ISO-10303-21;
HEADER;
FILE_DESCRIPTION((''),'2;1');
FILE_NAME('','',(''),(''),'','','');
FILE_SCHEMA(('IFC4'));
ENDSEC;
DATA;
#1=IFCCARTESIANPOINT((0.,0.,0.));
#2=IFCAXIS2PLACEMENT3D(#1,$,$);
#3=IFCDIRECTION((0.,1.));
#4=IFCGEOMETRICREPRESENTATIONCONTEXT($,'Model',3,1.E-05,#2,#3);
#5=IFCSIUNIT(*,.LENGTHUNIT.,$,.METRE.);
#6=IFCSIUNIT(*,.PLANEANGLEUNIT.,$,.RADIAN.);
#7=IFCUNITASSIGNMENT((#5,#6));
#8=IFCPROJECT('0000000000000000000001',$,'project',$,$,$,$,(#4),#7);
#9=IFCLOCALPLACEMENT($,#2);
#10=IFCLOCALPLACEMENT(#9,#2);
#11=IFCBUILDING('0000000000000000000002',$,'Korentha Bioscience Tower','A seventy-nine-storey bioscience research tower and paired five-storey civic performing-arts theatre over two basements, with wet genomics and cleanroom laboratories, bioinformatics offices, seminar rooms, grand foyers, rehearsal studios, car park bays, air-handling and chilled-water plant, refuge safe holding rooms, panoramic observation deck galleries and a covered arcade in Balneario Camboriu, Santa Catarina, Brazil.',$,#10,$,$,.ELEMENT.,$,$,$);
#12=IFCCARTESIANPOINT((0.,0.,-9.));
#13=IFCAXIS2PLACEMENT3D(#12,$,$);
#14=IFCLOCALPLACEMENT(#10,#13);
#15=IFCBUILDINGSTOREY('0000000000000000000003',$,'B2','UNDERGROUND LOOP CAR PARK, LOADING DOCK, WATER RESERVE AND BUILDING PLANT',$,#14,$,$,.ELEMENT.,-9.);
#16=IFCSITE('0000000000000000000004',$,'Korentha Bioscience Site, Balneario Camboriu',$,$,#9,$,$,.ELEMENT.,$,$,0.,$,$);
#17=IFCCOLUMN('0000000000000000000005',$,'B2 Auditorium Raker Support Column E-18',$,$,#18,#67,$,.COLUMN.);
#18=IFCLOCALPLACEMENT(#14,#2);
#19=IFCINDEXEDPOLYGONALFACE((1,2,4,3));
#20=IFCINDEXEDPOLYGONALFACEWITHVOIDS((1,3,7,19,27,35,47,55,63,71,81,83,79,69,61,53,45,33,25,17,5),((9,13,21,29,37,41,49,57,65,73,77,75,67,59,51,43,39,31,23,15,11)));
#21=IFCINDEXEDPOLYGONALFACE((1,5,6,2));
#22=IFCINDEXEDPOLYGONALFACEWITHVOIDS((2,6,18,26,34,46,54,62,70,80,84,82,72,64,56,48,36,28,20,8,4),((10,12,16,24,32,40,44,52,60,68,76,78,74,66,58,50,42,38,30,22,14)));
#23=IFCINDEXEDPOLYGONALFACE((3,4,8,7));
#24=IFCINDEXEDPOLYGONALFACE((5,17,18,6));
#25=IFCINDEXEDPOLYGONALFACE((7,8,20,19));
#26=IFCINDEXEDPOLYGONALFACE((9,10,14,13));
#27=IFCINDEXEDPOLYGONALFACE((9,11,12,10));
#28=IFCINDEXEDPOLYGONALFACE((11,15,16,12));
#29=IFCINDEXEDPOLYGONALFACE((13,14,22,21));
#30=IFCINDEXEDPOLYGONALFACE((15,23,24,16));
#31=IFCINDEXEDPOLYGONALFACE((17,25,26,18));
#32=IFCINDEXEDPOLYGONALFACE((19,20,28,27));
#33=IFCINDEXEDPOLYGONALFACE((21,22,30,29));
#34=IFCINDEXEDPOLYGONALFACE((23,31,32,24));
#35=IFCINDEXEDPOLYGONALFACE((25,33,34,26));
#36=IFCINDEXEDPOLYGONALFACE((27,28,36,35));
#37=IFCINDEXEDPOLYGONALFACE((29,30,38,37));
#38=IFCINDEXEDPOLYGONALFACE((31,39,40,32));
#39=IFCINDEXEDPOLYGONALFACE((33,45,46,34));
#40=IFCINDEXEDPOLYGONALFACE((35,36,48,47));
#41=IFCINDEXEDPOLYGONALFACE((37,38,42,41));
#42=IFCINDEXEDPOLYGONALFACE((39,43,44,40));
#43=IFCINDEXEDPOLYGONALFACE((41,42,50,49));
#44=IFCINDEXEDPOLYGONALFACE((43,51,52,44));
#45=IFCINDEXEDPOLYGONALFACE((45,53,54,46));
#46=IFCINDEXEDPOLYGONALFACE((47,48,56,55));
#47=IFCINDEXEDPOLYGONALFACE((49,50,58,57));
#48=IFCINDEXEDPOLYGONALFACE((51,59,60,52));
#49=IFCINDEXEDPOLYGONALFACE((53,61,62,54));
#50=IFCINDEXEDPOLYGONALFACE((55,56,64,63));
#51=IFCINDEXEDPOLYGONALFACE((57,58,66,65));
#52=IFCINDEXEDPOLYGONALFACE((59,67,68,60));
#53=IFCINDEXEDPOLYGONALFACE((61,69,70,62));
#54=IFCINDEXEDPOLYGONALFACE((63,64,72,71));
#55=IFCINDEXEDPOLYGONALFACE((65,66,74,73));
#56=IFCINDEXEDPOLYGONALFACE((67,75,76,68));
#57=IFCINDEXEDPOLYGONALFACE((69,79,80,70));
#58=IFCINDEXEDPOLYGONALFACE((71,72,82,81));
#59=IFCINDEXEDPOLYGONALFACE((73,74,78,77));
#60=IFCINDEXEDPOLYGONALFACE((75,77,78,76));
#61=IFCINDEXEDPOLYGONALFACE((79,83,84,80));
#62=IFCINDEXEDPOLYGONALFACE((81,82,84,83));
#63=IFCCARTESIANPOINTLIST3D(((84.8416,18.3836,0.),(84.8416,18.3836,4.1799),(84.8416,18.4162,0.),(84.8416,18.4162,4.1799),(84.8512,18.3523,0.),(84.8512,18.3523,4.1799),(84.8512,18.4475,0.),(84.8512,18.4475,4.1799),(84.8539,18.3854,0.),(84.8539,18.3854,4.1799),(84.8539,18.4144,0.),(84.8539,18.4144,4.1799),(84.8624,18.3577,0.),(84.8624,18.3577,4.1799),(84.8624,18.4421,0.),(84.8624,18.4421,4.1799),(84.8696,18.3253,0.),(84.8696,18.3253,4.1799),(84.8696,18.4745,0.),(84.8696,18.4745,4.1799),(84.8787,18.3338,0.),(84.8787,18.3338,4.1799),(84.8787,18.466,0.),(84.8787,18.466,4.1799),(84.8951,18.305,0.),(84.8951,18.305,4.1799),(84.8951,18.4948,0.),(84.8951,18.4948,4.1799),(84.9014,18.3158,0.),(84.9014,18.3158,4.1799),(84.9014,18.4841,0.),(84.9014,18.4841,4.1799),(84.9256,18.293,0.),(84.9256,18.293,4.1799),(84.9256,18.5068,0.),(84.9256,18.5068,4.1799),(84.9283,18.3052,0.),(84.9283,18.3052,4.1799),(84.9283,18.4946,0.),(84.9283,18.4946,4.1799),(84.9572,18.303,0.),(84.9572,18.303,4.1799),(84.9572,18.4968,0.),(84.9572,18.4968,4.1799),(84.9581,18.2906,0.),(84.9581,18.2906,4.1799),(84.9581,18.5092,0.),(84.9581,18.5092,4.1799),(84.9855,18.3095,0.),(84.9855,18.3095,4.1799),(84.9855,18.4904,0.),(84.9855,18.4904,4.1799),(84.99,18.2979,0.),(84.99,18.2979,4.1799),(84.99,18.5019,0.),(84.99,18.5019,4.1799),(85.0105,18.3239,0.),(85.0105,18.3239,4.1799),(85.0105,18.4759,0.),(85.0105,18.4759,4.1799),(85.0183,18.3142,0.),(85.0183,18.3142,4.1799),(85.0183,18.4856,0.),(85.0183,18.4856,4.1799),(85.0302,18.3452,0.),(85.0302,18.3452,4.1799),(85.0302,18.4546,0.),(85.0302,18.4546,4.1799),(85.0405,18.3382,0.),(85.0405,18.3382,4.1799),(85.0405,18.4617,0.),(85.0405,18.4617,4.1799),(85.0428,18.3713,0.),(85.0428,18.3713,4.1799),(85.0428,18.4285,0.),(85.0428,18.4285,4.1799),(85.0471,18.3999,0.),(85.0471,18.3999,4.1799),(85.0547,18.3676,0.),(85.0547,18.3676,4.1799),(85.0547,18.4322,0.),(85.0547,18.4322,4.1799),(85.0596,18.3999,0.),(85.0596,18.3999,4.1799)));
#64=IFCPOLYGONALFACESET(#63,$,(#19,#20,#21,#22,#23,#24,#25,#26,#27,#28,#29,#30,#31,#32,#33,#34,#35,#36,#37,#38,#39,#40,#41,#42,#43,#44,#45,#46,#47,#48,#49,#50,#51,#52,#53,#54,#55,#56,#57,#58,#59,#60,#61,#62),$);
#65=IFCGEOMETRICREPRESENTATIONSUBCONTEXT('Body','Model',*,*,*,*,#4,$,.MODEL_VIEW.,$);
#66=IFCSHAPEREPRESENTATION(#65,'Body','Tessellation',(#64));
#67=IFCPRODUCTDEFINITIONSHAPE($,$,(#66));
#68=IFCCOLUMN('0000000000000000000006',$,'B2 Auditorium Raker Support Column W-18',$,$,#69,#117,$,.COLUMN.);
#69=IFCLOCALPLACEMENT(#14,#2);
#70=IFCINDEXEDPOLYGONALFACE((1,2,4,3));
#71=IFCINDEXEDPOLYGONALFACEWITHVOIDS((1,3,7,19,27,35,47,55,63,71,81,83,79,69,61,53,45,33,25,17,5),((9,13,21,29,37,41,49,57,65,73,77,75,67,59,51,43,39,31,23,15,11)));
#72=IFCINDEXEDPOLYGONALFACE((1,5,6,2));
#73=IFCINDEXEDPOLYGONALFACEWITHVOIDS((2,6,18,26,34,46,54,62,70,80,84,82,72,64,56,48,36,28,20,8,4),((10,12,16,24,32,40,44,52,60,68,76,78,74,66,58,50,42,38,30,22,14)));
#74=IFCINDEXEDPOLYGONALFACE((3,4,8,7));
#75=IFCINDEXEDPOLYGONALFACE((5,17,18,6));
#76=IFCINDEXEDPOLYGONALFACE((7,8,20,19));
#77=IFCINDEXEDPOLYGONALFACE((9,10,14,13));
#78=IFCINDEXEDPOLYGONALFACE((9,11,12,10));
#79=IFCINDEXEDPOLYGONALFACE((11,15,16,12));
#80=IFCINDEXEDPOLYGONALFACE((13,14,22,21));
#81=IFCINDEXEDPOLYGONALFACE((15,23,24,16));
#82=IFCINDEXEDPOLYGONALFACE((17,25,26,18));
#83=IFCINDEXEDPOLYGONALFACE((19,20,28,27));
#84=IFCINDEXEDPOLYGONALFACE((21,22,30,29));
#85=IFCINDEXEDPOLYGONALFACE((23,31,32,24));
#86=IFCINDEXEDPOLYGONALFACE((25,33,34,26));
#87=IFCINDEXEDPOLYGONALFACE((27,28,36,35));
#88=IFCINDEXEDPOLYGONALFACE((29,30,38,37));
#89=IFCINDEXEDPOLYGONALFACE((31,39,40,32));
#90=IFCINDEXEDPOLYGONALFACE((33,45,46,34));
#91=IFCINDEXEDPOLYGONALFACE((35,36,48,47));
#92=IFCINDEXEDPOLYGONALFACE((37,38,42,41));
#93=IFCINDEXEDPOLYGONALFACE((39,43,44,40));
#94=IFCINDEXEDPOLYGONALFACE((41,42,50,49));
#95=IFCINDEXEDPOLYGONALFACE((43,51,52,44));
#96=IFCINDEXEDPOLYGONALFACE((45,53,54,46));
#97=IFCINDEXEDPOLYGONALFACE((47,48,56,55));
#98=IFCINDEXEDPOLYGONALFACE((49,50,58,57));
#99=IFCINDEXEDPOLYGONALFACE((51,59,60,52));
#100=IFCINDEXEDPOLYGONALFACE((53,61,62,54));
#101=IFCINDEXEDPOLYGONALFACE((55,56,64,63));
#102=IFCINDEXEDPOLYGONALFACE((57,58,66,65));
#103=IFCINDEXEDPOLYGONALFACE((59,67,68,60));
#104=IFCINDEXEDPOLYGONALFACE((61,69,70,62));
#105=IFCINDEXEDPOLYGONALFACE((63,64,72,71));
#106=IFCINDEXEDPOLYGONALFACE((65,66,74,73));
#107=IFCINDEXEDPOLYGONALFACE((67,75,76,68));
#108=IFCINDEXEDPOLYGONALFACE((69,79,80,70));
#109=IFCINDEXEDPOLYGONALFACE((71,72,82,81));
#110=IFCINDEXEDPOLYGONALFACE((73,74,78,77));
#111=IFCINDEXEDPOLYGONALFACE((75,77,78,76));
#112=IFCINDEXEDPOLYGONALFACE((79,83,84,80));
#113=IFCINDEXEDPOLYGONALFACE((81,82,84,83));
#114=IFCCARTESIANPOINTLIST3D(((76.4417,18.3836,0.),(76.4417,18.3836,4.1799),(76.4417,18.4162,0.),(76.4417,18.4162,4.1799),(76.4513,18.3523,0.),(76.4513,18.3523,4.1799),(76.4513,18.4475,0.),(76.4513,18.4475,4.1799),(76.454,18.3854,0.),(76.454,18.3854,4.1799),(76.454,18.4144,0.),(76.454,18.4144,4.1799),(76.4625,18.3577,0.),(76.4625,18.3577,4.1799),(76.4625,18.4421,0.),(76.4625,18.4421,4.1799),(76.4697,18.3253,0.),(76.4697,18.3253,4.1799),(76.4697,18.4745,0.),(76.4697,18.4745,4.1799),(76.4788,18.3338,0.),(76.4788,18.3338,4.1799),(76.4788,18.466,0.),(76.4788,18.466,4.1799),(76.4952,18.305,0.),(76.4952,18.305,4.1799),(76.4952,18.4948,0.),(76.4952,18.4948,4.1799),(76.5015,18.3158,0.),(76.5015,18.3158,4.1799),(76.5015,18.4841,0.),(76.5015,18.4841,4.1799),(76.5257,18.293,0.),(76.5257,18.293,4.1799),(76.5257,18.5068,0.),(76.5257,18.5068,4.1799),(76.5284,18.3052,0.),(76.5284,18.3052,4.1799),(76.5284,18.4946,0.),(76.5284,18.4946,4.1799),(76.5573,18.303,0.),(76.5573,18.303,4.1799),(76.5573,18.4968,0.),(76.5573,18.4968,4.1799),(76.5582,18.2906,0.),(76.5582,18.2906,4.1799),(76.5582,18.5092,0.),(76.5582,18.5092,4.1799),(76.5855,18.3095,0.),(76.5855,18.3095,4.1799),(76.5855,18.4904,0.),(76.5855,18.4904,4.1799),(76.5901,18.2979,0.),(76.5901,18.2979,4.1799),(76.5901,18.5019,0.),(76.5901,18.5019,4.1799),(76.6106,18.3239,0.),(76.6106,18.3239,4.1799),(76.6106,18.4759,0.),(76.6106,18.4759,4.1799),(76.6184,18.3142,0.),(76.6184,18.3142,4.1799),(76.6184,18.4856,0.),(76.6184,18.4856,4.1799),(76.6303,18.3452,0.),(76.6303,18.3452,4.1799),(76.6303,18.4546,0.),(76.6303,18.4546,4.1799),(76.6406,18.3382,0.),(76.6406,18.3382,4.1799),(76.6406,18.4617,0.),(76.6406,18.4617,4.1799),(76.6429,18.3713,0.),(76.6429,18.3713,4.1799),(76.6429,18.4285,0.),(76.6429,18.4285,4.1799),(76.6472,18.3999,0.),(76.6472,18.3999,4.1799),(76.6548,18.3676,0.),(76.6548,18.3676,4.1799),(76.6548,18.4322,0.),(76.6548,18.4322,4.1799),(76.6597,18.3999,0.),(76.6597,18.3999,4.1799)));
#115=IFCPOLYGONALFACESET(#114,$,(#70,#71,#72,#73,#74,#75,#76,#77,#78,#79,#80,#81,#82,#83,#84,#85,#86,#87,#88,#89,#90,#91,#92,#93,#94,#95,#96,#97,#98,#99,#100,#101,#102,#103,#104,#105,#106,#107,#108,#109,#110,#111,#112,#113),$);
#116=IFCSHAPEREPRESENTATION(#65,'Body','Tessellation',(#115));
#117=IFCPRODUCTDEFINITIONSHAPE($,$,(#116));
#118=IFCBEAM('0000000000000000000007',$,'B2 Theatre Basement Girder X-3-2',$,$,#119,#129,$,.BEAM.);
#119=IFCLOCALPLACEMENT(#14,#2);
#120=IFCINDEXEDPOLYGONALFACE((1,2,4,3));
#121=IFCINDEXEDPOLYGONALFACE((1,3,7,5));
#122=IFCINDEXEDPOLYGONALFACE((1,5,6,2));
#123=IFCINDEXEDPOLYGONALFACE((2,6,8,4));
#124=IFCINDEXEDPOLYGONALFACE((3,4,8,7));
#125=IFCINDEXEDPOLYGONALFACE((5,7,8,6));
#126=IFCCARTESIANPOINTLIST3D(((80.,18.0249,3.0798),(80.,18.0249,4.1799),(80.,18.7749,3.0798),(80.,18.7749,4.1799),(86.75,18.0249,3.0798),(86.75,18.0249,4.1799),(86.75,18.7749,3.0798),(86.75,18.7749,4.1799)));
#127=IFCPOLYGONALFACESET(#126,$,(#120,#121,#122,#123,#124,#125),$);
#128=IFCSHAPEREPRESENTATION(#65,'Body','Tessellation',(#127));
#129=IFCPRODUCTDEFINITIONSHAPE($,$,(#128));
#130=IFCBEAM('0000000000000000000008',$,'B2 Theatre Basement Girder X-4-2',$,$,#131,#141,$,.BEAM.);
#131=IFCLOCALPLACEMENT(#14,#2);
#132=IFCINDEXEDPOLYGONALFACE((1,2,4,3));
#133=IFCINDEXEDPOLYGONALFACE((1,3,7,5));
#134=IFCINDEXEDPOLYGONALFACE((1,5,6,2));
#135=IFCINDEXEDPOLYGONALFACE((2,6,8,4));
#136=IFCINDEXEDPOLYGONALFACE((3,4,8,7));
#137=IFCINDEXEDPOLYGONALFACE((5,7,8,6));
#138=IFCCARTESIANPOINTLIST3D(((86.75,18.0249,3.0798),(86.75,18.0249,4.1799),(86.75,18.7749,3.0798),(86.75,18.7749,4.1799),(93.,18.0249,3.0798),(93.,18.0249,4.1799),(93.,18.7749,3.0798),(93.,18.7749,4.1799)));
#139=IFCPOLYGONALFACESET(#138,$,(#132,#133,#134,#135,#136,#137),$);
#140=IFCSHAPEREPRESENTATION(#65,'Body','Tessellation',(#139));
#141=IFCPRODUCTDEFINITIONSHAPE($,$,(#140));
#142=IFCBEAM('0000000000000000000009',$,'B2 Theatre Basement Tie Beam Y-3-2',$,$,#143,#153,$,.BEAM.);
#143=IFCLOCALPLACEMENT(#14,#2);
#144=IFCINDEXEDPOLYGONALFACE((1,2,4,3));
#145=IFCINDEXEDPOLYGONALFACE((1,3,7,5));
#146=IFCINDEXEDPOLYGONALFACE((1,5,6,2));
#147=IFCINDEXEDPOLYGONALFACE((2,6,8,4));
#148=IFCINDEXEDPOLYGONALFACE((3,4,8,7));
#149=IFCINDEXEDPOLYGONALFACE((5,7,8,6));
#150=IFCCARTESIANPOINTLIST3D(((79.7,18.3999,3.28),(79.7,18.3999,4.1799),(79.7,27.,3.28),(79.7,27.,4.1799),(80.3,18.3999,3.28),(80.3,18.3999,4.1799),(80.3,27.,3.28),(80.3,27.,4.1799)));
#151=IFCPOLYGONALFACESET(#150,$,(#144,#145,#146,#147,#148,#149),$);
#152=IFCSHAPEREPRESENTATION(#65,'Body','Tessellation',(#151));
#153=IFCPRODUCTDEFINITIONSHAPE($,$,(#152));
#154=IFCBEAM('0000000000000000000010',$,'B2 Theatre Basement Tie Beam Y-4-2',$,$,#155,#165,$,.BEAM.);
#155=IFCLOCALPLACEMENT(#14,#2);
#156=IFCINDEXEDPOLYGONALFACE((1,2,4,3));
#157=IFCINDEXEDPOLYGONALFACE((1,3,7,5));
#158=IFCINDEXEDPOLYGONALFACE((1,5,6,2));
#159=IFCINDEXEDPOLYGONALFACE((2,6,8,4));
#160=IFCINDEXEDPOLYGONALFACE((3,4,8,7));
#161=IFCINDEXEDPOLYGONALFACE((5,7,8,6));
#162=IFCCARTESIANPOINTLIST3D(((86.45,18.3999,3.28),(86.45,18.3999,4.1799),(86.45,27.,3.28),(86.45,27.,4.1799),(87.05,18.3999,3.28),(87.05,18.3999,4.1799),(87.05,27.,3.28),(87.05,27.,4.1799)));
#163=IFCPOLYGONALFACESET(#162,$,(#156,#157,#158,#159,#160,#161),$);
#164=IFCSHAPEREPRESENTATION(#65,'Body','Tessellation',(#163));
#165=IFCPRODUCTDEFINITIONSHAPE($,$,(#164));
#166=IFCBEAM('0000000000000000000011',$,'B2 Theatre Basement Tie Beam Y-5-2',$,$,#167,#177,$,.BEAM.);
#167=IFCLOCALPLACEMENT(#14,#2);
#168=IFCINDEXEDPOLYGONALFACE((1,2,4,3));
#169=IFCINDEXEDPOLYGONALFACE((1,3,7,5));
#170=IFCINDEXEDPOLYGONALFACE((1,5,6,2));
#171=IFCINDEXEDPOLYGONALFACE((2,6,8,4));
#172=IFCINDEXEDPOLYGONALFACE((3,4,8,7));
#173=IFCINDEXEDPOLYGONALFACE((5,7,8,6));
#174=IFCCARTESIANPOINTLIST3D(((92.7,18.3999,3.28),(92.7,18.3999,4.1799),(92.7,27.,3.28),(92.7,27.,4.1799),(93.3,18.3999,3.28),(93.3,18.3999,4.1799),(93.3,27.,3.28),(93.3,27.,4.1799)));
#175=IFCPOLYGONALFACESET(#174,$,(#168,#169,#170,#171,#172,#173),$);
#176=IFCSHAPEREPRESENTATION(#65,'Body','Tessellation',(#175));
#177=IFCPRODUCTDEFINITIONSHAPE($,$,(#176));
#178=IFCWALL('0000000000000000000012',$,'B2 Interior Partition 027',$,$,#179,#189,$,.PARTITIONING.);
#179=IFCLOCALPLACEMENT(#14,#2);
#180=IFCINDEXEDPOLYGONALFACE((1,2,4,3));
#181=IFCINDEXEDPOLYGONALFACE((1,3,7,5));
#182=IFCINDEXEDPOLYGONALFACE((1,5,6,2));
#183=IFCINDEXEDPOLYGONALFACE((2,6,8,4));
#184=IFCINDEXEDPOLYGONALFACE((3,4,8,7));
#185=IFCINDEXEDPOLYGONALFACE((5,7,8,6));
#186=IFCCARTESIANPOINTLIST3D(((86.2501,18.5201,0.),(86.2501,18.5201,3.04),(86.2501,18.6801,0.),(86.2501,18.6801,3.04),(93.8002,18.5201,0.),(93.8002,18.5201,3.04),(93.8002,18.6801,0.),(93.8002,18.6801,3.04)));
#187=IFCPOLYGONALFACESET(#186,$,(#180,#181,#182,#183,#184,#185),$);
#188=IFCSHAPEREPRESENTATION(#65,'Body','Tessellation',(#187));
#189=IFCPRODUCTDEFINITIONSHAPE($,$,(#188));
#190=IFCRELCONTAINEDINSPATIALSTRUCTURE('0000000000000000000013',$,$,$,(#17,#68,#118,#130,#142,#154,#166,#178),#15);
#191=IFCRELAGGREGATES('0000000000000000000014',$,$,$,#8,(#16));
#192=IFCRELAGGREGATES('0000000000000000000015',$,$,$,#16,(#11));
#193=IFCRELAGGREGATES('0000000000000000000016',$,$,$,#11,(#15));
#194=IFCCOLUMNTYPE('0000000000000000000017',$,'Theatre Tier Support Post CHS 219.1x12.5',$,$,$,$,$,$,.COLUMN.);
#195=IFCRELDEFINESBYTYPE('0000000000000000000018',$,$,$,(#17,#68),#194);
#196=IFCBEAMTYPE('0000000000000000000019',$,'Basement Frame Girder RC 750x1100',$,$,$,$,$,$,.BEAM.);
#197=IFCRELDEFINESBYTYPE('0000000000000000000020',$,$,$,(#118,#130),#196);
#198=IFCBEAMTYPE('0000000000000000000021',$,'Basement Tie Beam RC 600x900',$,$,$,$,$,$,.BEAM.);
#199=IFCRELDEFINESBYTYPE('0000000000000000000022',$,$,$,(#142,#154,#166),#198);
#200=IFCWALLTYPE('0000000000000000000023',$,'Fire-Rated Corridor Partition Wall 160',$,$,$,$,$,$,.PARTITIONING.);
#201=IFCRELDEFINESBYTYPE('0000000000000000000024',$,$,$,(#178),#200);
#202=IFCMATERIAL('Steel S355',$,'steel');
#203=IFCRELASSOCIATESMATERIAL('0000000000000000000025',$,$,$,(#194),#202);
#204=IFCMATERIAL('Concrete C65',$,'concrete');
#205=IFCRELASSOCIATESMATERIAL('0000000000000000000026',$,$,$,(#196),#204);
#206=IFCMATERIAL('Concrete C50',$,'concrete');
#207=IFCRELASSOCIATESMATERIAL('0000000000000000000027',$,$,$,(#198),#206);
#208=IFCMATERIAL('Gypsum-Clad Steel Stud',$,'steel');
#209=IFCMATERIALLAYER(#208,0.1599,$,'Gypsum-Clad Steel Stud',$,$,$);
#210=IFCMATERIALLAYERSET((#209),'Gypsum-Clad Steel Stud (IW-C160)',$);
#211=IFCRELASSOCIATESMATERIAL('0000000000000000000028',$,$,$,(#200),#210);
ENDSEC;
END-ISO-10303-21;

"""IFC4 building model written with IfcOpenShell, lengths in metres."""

from ifc_helpers import new_model, si_unit, direction, frame, frame_2d, origin, origin_2d, place, context, subcontext, project, spatial, rectangle, hollow_circle, extrude, material, layer, layer_set, material_profile, profile_set, type_object, element, save


model = new_model("IFC4")

# Units and contexts
model_context = context("Model", 3, precision=1e-05, world=origin(), true_north=direction((0.0, 1.0)))
body_context = subcontext(model_context, "Body", "Model", "MODEL_VIEW")
ifc_project = project(units=[si_unit("LENGTHUNIT", "METRE"), si_unit("PLANEANGLEUNIT", "RADIAN")], contexts=[model_context])

# Site, building, storey
site_placement = place(None, origin())
site = spatial("IfcSite", under=ifc_project, at=site_placement, Name="Korentha Bioscience Site, Balneario Camboriu", CompositionType="ELEMENT", RefElevation=0.0)
building_placement = place(site_placement, origin())
building = spatial("IfcBuilding", under=site, at=building_placement, Name="Korentha Bioscience Tower", Description="A seventy-nine-storey bioscience research tower and paired five-storey civic performing-arts theatre over two basements, with wet genomics and cleanroom laboratories, bioinformatics offices, seminar rooms, grand foyers, rehearsal studios, car park bays, air-handling and chilled-water plant, refuge safe holding rooms, panoramic observation deck galleries and a covered arcade in Balneario Camboriu, Santa Catarina, Brazil.", CompositionType="ELEMENT")
storey_placement = place(building_placement, frame((0.0, 0.0, -9.0)))
storey = spatial("IfcBuildingStorey", under=building, at=storey_placement, Name="B2", Description="UNDERGROUND LOOP CAR PARK, LOADING DOCK, WATER RESERVE AND BUILDING PLANT", CompositionType="ELEMENT", Elevation=-9.0)

# Shared definitions
ifc_material_1 = material(Name="Concrete C50", Category="concrete")

# Columns
ifc_material_2 = material(Name="Steel S355", Category="steel")
ifc_material_profile_1 = material_profile(ifc_material_2, hollow_circle(Radius=0.1096, WallThickness=0.0125, at=origin_2d()), Name="Steel S355")
ifc_profile_set_1 = profile_set([ifc_material_profile_1], Name="Steel S355 (TC-P219)")
column_type_1 = type_object("IfcColumnType", Name="Theatre Tier Support Post CHS 219.1x12.5", PredefinedType="COLUMN", material=ifc_profile_set_1)
for number, where, z_axis, x_axis, name in (
    (1, (84.95, 18.3999, 0.0), (0.0, 0.0, 1.0), (1.0, 0.0, 0.0), "B2 Auditorium Raker Support Column E-18"),
    (2, (76.55, 18.3999, 0.0), (0.0, 0.0, 1.0), (1.0, 0.0, 0.0), "B2 Auditorium Raker Support Column W-18"),
):
    element("IfcColumn", number, at=place(storey_placement, frame(where, z_axis=z_axis, x_axis=x_axis)), inside=storey, type_object=column_type_1, Name=name, PredefinedType="COLUMN", context=body_context, shape_type="SweptSolid", body=[
        extrude(hollow_circle(Radius=0.1096, WallThickness=0.0125, at=origin_2d()), origin(), (0.0, 0.0, 1.0), 4.1799),
    ])

# Beams
ifc_material_3 = material(Name="Concrete C65", Category="concrete")
ifc_material_profile_2 = material_profile(ifc_material_3, rectangle(XDim=0.75, YDim=1.1001, at=origin_2d()), Name="Concrete C65")
ifc_profile_set_2 = profile_set([ifc_material_profile_2], Name="Concrete C65 (BB-750)")
beam_type_1 = type_object("IfcBeamType", Name="Basement Frame Girder RC 750x1100", PredefinedType="BEAM", material=ifc_profile_set_2)
beam_1_placement = place(storey_placement, frame((80.0, 18.3999, 3.6299), z_axis=(1.0, 0.0, 0.0), x_axis=(0.0, 1.0, 0.0)))
element("IfcBeam", 3, at=beam_1_placement, inside=storey, type_object=beam_type_1, Name="B2 Theatre Basement Girder X-3-2", PredefinedType="BEAM", context=body_context, shape_type="SweptSolid", body=[
    extrude(rectangle(XDim=0.75, YDim=1.1001, at=origin_2d()), origin(), (0.0, 0.0, 1.0), 6.75),
])
beam_2_placement = place(storey_placement, frame((86.75, 18.3999, 3.6299), z_axis=(1.0, 0.0, 0.0), x_axis=(0.0, 1.0, 0.0)))
element("IfcBeam", 4, at=beam_2_placement, inside=storey, type_object=beam_type_1, Name="B2 Theatre Basement Girder X-4-2", PredefinedType="BEAM", context=body_context, shape_type="SweptSolid", body=[
    extrude(rectangle(XDim=0.75, YDim=1.1001, at=origin_2d()), origin(), (0.0, 0.0, 1.0), 6.25),
])
ifc_material_profile_3 = material_profile(ifc_material_1, rectangle(XDim=0.6001, YDim=0.8999, at=origin_2d()), Name="Concrete C50")
ifc_profile_set_3 = profile_set([ifc_material_profile_3], Name="Concrete C50 (BB-600)")
beam_type_2 = type_object("IfcBeamType", Name="Basement Tie Beam RC 600x900", PredefinedType="BEAM", material=ifc_profile_set_3)
for number, where, z_axis, x_axis, name in (
    (5, (80.0, 18.3999, 3.73), (0.0, 1.0, 0.0), (-1.0, 0.0, 0.0), "B2 Theatre Basement Tie Beam Y-3-2"),
    (6, (86.75, 18.3999, 3.73), (0.0, 1.0, 0.0), (-1.0, 0.0, 0.0), "B2 Theatre Basement Tie Beam Y-4-2"),
    (7, (93.0, 18.3999, 3.73), (0.0, 1.0, 0.0), (-1.0, 0.0, 0.0), "B2 Theatre Basement Tie Beam Y-5-2"),
):
    element("IfcBeam", number, at=place(storey_placement, frame(where, z_axis=z_axis, x_axis=x_axis)), inside=storey, type_object=beam_type_2, Name=name, PredefinedType="BEAM", context=body_context, shape_type="SweptSolid", body=[
        extrude(rectangle(XDim=0.6001, YDim=0.8999, at=origin_2d()), origin(), (0.0, 0.0, 1.0), 8.6001),
    ])

# Wall
ifc_material_4 = material(Name="Gypsum-Clad Steel Stud", Category="steel")
ifc_layer_1 = layer(ifc_material_4, 0.1599, Name="Gypsum-Clad Steel Stud")
ifc_layer_set_1 = layer_set([ifc_layer_1], Name="Gypsum-Clad Steel Stud (IW-C160)")
wall_type_1 = type_object("IfcWallType", Name="Fire-Rated Corridor Partition Wall 160", PredefinedType="PARTITIONING", material=ifc_layer_set_1)
wall_placement = place(storey_placement, frame((93.8, 18.6001, 0.0), z_axis=(0.0, 0.0, 1.0), x_axis=(-1.0, 0.0, 0.0)))
element("IfcWall", 8, at=wall_placement, inside=storey, type_object=wall_type_1, Name="B2 Interior Partition 027", PredefinedType="PARTITIONING", context=body_context, shape_type="SweptSolid", body=[
    extrude(rectangle(XDim=7.55, YDim=0.1599, at=frame_2d((3.7749, 0.0))), origin(), (0.0, 0.0, 1.0), 3.04),
])

save(model, "model.ifc")
